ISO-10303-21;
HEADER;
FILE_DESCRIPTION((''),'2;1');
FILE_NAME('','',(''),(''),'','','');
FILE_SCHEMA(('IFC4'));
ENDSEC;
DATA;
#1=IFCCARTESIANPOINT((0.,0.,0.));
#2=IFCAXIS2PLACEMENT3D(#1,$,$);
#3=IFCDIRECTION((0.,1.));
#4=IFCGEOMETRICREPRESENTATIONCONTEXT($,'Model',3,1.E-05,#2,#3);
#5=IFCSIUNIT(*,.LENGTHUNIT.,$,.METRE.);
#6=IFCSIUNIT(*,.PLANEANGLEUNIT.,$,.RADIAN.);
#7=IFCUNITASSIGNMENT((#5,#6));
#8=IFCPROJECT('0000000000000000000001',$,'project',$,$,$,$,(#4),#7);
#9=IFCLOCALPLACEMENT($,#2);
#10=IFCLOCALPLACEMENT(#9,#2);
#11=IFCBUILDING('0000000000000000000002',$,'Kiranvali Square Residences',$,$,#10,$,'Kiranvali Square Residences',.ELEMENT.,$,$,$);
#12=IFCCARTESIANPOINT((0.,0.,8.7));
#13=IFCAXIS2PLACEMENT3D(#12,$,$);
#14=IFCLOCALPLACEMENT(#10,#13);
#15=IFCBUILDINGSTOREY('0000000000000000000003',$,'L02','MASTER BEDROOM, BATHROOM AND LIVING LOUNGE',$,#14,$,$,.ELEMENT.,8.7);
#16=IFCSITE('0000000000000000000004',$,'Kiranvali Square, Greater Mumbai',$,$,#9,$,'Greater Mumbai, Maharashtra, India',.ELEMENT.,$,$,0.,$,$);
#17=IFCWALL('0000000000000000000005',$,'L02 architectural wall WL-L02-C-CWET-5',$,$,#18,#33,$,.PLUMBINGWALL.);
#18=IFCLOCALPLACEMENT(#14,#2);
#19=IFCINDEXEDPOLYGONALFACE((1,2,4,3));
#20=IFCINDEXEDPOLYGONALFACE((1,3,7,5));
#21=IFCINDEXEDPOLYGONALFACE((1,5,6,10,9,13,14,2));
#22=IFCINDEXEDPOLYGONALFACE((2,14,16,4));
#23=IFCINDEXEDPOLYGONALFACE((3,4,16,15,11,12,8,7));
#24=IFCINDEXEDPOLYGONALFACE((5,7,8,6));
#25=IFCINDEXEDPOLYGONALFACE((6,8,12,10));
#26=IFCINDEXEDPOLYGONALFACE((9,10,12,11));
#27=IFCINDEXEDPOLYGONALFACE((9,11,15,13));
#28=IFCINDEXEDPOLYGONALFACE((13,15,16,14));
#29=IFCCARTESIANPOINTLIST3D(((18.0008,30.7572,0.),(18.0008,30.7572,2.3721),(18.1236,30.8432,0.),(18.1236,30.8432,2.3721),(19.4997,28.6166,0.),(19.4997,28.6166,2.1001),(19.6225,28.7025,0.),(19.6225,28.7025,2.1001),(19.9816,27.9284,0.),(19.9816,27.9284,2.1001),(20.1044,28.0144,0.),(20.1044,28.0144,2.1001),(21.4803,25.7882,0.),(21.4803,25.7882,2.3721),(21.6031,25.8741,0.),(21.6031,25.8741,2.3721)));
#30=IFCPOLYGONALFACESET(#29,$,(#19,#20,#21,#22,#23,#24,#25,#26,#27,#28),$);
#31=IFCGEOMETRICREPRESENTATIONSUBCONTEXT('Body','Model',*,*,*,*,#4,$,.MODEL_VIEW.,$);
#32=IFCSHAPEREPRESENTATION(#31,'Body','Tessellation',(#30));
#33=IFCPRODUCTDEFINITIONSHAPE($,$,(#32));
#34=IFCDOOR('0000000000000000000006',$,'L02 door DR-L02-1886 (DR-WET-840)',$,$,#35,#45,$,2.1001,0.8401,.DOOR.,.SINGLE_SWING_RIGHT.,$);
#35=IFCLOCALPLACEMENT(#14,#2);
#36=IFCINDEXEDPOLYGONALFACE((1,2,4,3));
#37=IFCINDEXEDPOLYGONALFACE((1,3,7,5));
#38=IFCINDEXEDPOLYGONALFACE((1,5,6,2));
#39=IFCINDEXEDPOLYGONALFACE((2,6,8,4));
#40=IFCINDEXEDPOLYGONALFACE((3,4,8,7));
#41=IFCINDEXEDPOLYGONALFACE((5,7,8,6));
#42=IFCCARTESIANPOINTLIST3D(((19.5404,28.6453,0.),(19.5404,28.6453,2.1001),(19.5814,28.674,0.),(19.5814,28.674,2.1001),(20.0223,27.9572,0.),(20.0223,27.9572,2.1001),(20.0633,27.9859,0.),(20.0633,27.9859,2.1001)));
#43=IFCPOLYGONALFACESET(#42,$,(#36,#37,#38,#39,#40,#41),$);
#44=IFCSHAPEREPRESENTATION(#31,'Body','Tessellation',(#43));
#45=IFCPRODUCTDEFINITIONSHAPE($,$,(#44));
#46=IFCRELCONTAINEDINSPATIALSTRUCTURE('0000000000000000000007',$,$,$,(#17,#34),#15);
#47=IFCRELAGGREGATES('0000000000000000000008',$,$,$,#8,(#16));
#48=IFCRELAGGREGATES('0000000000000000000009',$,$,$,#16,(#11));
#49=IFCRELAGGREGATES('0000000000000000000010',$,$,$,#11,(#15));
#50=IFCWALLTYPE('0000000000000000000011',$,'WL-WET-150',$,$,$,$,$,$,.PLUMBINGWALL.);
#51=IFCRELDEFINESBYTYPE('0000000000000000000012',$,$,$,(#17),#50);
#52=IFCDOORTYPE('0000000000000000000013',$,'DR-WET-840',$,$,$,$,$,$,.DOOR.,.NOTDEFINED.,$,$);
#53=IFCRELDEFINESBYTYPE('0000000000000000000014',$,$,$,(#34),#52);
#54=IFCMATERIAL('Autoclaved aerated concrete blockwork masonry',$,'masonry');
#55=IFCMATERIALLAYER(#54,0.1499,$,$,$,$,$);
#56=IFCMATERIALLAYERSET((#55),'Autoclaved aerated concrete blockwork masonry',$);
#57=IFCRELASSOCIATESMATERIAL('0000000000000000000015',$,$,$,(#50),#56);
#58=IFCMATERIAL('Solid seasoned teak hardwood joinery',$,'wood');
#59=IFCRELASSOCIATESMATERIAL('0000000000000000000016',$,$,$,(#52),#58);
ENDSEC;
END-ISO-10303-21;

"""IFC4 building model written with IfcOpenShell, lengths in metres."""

from ifc_helpers import new_model, si_unit, direction, frame, frame_2d, origin, place, context, subcontext, project, spatial, rectangle, extrude, material, layer, layer_set, type_object, element, fill, save


model = new_model("IFC4")

# Units and contexts
model_context = context("Model", 3, precision=1e-05, world=origin(), true_north=direction((0.0, 1.0)))
body_context = subcontext(model_context, "Body", "Model", "MODEL_VIEW")
ifc_project = project(units=[si_unit("LENGTHUNIT", "METRE"), si_unit("PLANEANGLEUNIT", "RADIAN")], contexts=[model_context])

# Site, building, storey
site_placement = place(None, origin())
site = spatial("IfcSite", under=ifc_project, at=site_placement, Name="Kiranvali Square, Greater Mumbai", LongName="Greater Mumbai, Maharashtra, India", CompositionType="ELEMENT", RefElevation=0.0)
building_placement = place(site_placement, origin())
building = spatial("IfcBuilding", under=site, at=building_placement, Name="Kiranvali Square Residences", LongName="Kiranvali Square Residences", CompositionType="ELEMENT")
storey_placement = place(building_placement, frame((0.0, 0.0, 8.7)))
storey = spatial("IfcBuildingStorey", under=building, at=storey_placement, Name="L02", Description="MASTER BEDROOM, BATHROOM AND LIVING LOUNGE", CompositionType="ELEMENT", Elevation=8.7)

# Shared definitions
ifc_material_1 = material(Name="Autoclaved aerated concrete blockwork masonry", Category="masonry")

# Wall, opening, door
ifc_material_2 = material(Name="Solid seasoned teak hardwood joinery", Category="wood")
ifc_layer_1 = layer(ifc_material_1, 0.1499)
ifc_layer_set_1 = layer_set([ifc_layer_1], Name="Autoclaved aerated concrete blockwork masonry")
wall_type_1 = type_object("IfcWallType", Name="WL-WET-150", PredefinedType="PLUMBINGWALL", material=ifc_layer_set_1)
wall_1_placement = place(storey_placement, frame((21.5417, 25.8311, 0.0), z_axis=(0.0, 0.0, 1.0), x_axis=(-0.573595, 0.819139, 0.0)))
wall_1 = element("IfcWall", 1, at=wall_1_placement, inside=storey, type_object=wall_type_1, Name="L02 architectural wall WL-L02-C-CWET-5", PredefinedType="PLUMBINGWALL", context=body_context, shape_type="SweptSolid", body=[
    extrude(rectangle(XDim=6.0662, YDim=0.1499, at=frame_2d((3.0332, 0.0))), origin(), (0.0, 0.0, 1.0), 2.3721),
])
opening_1_placement = place(wall_1_placement, frame((2.613, 0.0, 0.0)))
opening_1 = element("IfcOpeningElement", 2, at=opening_1_placement, cuts=wall_1, PredefinedType="OPENING", context=body_context, shape_type="SweptSolid", body=[
    extrude(rectangle(XDim=0.8401, YDim=2.1001, at=frame_2d((0.4199, 1.05))), frame((0.0, 0.085, 0.0), z_axis=(0.0, -1.0, 0.0), x_axis=(1.0, 0.0, 0.0)), (0.0, 0.0, 1.0), 0.1699),
])
door_type_1 = type_object("IfcDoorType", Name="DR-WET-840", OperationType="NOTDEFINED", PredefinedType="DOOR", material=ifc_material_2)
door_1_placement = place(opening_1_placement, frame((0.8401, 0.0, 0.0), z_axis=(0.0, 0.0, 1.0), x_axis=(-1.0, 0.0, 0.0)))
door_1 = element("IfcDoor", 3, at=door_1_placement, inside=storey, type_object=door_type_1, Name="L02 door DR-L02-1886 (DR-WET-840)", OperationType="SINGLE_SWING_RIGHT", OverallHeight=2.1001, OverallWidth=0.8401, PredefinedType="DOOR", context=body_context, shape_type="SweptSolid", body=[
    extrude(rectangle(XDim=0.8401, YDim=2.1001, at=frame_2d((0.4199, 1.05))), frame((0.0, 0.0249, 0.0), z_axis=(0.0, -1.0, 0.0), x_axis=(1.0, 0.0, 0.0)), (0.0, 0.0, 1.0), 0.05),
])
fill(opening_1, door_1)

save(model, "model.ifc")
